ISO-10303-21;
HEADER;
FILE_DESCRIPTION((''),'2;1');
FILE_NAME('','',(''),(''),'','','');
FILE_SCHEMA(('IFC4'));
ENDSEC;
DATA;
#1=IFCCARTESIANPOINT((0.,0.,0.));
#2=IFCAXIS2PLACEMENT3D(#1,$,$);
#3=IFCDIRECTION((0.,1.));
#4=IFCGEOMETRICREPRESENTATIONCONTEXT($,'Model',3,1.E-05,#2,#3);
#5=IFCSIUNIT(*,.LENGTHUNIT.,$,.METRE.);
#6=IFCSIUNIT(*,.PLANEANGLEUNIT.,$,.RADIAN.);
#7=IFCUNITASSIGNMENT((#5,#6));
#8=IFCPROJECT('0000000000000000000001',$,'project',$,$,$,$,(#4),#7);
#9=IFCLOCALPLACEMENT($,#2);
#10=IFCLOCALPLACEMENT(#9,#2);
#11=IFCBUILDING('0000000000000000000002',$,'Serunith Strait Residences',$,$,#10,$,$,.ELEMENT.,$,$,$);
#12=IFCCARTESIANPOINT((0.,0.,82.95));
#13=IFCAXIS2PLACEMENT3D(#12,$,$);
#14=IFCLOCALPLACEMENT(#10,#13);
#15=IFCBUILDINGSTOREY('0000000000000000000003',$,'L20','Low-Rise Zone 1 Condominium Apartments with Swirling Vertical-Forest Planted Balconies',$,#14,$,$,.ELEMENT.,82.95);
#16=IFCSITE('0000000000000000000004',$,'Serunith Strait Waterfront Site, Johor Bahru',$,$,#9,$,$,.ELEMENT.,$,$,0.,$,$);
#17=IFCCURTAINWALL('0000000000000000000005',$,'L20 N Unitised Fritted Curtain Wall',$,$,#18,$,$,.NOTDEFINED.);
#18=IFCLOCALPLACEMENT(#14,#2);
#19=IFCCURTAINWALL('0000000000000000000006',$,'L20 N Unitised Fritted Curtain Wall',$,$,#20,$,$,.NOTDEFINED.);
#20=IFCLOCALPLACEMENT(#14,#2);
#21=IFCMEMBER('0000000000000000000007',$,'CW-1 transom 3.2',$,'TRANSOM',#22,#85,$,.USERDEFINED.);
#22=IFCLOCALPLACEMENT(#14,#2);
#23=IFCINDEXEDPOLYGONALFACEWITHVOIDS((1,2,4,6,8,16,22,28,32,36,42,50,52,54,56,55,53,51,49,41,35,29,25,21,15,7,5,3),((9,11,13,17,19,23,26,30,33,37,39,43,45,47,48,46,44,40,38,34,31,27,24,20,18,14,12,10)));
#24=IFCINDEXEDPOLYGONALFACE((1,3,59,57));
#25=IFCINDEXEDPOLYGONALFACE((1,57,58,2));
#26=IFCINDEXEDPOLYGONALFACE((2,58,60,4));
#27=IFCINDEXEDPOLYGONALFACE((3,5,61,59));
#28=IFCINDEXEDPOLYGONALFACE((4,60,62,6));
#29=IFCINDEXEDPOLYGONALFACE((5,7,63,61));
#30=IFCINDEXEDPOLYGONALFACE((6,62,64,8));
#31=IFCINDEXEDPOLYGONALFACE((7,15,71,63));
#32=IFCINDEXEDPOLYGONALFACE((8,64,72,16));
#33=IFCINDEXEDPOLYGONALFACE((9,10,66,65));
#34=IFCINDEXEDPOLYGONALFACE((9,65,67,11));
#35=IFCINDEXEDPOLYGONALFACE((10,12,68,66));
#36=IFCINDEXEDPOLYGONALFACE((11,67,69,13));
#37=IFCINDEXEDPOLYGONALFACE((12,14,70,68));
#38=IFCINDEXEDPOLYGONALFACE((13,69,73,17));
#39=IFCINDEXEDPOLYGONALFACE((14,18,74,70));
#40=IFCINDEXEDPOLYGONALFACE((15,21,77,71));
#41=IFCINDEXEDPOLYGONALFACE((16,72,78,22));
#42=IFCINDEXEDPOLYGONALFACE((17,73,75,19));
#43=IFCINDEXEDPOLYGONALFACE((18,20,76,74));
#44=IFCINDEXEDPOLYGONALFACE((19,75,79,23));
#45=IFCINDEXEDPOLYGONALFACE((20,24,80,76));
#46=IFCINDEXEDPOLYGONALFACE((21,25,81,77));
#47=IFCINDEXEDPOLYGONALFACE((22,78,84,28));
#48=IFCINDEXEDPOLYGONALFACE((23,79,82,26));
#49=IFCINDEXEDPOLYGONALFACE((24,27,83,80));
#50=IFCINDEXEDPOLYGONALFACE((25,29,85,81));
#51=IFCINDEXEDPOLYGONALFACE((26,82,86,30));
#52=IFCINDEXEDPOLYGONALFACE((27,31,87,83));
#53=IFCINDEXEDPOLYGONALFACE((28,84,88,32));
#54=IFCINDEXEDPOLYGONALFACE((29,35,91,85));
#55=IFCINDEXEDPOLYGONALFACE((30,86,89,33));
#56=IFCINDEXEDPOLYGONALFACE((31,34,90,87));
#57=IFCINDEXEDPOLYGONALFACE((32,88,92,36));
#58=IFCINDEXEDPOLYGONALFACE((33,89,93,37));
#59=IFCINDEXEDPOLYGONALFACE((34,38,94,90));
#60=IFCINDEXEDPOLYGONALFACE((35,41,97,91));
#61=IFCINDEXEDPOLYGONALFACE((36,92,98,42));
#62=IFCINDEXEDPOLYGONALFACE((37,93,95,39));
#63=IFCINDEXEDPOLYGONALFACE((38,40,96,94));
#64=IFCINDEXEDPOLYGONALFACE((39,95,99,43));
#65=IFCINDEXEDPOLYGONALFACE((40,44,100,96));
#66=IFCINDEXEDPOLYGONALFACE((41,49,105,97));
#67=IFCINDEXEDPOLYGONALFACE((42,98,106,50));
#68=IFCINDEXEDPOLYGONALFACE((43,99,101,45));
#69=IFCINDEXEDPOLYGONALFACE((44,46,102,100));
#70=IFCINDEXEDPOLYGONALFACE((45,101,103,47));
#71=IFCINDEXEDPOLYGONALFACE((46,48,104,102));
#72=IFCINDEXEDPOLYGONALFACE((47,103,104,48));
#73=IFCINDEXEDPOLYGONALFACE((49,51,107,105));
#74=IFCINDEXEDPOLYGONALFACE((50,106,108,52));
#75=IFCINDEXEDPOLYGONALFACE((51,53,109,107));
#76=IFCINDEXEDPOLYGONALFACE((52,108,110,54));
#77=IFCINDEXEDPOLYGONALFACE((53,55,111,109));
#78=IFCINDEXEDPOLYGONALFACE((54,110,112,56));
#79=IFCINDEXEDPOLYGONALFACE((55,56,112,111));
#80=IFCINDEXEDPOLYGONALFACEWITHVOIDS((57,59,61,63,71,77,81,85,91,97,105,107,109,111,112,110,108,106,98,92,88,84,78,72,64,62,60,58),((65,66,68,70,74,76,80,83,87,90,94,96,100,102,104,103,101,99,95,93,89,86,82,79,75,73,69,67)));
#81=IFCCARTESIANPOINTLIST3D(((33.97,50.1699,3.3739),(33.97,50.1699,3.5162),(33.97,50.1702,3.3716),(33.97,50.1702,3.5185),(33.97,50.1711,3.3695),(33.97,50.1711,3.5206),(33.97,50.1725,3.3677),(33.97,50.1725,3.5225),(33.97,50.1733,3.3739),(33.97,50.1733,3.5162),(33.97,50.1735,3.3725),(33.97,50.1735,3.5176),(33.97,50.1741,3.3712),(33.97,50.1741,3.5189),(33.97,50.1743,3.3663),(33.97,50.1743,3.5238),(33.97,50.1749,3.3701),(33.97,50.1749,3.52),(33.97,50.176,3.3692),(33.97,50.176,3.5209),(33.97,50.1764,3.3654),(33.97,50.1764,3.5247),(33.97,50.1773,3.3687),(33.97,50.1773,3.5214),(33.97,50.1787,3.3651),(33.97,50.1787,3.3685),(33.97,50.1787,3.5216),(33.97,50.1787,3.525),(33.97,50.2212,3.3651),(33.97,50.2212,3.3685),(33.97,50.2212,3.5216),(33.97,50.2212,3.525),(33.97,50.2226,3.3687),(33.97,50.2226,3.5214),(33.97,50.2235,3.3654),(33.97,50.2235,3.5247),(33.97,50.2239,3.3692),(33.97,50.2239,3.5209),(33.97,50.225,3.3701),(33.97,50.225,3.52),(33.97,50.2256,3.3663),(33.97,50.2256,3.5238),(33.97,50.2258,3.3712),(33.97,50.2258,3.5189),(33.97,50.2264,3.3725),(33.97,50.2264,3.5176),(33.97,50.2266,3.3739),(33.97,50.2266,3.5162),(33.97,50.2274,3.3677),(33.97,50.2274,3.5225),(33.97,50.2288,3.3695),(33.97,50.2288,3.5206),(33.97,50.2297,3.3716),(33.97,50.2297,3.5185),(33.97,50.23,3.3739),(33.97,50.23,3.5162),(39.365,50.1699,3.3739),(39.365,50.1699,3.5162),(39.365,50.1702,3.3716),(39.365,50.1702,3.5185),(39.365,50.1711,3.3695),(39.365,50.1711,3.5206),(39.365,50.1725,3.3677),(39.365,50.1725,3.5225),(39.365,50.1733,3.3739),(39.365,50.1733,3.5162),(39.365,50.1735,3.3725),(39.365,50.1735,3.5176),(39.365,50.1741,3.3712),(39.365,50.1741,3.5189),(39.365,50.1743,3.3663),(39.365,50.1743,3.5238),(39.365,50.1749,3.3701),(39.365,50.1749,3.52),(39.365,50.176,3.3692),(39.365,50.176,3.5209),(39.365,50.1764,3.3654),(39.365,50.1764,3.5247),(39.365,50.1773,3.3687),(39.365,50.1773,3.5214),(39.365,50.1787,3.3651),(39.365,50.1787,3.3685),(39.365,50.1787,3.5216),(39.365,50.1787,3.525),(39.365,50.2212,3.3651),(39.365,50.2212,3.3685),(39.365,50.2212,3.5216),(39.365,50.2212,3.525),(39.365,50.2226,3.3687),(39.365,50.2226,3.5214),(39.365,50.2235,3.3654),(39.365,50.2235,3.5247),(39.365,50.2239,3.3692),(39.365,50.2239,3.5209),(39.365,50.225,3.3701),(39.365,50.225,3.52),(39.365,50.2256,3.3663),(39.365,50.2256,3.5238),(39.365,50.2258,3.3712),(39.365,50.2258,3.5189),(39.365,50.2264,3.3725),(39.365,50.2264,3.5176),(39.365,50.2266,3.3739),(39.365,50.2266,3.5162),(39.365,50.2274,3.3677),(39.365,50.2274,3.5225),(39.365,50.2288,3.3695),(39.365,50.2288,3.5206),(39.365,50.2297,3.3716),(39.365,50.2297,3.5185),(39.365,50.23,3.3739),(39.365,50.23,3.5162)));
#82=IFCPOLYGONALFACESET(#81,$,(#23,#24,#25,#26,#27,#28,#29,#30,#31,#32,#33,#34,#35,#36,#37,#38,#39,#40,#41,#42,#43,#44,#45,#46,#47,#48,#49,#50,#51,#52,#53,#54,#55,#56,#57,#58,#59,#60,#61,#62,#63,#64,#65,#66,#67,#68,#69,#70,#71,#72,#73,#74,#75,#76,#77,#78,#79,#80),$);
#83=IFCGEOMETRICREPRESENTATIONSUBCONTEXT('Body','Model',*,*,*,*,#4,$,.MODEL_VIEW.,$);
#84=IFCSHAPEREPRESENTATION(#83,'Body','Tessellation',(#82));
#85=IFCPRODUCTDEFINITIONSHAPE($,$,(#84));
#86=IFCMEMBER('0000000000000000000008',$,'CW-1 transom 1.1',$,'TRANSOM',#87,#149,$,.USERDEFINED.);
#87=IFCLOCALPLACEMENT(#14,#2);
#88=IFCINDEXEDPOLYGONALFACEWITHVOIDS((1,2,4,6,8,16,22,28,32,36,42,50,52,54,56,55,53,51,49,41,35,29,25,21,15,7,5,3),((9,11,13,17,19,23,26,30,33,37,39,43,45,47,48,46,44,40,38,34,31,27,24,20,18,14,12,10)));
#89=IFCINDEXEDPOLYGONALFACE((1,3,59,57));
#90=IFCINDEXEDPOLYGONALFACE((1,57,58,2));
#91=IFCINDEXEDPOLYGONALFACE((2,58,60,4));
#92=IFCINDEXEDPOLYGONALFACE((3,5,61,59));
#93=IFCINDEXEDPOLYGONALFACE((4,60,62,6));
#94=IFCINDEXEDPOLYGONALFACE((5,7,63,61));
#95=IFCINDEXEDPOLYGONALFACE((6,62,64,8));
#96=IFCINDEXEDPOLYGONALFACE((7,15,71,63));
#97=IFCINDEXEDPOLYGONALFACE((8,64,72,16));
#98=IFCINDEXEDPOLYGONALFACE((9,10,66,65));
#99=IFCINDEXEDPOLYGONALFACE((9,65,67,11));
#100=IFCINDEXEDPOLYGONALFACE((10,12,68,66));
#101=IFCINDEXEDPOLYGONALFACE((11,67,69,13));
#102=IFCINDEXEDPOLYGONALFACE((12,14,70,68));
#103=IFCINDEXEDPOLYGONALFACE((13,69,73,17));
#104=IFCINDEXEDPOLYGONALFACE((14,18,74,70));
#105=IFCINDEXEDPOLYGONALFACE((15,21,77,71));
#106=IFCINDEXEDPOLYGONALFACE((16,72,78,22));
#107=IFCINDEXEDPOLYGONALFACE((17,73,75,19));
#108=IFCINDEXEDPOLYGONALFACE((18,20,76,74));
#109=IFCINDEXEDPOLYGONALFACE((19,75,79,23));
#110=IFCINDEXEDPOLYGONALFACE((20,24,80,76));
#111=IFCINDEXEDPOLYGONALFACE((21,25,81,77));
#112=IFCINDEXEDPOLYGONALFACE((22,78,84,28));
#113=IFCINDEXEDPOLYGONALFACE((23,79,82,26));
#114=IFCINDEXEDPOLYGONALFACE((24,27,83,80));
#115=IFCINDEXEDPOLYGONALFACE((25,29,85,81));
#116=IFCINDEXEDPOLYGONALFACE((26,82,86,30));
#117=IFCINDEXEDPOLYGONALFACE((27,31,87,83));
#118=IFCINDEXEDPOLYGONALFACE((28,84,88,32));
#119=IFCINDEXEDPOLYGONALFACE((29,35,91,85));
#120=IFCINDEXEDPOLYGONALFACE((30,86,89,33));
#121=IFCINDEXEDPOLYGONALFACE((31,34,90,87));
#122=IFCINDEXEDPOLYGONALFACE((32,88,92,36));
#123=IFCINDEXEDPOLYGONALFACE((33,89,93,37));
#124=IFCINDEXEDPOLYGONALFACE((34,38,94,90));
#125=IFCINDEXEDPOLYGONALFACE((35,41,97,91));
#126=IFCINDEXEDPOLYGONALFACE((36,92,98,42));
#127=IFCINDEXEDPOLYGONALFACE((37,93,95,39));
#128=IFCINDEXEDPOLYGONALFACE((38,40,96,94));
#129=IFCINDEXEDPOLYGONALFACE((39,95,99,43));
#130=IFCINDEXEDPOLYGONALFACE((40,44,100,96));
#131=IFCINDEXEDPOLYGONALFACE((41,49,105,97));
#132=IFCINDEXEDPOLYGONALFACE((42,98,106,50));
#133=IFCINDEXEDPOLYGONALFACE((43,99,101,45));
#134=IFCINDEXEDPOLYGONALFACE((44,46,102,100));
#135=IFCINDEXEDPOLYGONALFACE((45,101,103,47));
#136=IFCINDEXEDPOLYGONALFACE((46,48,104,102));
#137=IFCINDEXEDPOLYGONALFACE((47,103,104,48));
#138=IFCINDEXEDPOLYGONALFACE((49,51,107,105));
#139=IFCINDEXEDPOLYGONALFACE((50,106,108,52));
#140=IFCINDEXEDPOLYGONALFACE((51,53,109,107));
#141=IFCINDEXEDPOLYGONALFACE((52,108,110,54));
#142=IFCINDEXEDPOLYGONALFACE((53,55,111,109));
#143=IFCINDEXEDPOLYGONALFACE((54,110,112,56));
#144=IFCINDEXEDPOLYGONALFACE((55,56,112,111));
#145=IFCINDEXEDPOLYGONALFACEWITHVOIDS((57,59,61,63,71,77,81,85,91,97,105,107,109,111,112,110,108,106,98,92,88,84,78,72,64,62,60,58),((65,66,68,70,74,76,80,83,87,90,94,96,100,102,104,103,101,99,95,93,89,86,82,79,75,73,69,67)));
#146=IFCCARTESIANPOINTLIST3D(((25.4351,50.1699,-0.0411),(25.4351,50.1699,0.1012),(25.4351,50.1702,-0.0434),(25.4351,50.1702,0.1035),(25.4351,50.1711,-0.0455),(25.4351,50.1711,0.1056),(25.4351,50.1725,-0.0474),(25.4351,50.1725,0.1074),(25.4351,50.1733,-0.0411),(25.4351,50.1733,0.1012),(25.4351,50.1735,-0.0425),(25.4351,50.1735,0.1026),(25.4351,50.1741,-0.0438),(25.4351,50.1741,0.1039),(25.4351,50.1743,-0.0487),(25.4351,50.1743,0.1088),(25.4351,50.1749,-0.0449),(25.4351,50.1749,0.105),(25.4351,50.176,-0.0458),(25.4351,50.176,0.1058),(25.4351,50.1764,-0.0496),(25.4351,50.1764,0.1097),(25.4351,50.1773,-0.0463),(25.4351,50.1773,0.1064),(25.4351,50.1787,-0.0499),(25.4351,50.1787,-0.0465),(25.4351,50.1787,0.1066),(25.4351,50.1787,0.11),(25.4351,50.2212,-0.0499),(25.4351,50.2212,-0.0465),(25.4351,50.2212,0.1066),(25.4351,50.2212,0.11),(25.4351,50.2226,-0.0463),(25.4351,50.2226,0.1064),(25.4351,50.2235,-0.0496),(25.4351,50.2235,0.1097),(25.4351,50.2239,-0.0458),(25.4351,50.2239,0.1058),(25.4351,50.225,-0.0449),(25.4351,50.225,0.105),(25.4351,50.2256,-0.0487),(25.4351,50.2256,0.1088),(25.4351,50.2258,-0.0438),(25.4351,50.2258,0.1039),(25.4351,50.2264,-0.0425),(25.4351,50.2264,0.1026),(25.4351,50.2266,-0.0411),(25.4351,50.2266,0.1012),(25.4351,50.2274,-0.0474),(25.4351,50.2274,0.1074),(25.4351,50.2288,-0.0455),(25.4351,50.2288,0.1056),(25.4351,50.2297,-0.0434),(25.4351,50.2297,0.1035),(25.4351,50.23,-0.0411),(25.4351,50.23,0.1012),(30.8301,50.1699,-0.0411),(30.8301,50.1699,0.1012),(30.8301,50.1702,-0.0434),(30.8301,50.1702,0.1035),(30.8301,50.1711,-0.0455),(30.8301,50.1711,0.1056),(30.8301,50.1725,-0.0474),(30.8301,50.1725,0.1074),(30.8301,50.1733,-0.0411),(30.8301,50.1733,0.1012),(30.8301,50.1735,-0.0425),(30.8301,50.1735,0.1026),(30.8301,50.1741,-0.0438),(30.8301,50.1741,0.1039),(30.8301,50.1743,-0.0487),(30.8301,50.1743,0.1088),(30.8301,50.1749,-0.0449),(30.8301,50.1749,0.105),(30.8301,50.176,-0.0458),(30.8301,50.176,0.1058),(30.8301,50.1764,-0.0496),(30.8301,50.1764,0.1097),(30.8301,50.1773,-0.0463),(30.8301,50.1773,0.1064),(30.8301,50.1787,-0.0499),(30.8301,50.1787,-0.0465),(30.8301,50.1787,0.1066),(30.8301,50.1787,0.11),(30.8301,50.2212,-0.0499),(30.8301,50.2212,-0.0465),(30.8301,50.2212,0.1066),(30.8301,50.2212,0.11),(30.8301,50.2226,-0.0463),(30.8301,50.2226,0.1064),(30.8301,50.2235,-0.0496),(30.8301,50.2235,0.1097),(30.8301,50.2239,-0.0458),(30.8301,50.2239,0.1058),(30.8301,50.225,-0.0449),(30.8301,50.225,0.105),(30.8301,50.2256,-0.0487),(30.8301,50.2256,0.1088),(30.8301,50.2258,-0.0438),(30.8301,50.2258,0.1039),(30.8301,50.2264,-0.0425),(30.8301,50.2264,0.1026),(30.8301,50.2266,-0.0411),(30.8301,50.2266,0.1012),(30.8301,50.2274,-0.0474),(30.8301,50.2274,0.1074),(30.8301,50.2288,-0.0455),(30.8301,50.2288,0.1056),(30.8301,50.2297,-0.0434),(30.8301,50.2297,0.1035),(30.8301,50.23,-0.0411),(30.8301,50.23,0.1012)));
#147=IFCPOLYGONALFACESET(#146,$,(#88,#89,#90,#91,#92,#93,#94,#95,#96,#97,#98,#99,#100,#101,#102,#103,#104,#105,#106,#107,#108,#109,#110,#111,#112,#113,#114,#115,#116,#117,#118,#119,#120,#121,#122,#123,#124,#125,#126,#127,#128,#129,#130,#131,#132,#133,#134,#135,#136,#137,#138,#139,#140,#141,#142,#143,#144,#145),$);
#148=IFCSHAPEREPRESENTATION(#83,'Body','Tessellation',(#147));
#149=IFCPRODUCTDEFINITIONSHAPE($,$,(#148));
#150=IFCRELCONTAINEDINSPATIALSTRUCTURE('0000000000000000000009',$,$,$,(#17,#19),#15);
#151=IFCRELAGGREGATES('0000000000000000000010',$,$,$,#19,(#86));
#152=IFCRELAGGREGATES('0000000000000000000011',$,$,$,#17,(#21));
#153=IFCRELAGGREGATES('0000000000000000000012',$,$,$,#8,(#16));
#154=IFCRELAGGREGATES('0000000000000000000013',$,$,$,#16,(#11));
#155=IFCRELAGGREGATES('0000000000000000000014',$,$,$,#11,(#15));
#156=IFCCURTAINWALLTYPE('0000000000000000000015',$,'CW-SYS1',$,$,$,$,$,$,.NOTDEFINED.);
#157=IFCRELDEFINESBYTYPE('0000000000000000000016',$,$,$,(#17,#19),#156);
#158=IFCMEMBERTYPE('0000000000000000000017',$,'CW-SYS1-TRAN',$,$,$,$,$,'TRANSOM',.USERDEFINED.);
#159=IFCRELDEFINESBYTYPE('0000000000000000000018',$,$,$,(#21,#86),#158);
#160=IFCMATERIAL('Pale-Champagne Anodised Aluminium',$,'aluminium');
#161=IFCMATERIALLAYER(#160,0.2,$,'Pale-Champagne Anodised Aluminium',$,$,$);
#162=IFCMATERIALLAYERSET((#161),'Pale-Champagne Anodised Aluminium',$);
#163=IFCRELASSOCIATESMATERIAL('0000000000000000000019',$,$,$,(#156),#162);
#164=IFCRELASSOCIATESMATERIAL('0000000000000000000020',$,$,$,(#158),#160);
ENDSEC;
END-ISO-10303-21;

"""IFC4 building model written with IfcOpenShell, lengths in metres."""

from ifc_helpers import new_model, si_unit, direction, frame, origin, origin_2d, place, context, subcontext, project, spatial, hollow_rectangle, extrude, source, transform, mapped, material, layer, layer_set, material_profile, profile_set, type_object, element, aggregate, save


model = new_model("IFC4")

# Units and contexts
model_context = context("Model", 3, precision=1e-05, world=origin(), true_north=direction((0.0, 1.0)))
body_context = subcontext(model_context, "Body", "Model", "MODEL_VIEW")
ifc_project = project(units=[si_unit("LENGTHUNIT", "METRE"), si_unit("PLANEANGLEUNIT", "RADIAN")], contexts=[model_context])

# Site, building, storey
site_placement = place(None, origin())
site = spatial("IfcSite", under=ifc_project, at=site_placement, Name="Serunith Strait Waterfront Site, Johor Bahru", CompositionType="ELEMENT", RefElevation=0.0)
building_placement = place(site_placement, origin())
building = spatial("IfcBuilding", under=site, at=building_placement, Name="Serunith Strait Residences", CompositionType="ELEMENT")
storey_placement = place(building_placement, frame((0.0, 0.0, 82.95)))
storey = spatial("IfcBuildingStorey", under=building, at=storey_placement, Name="L20", Description="Low-Rise Zone 1 Condominium Apartments with Swirling Vertical-Forest Planted Balconies", CompositionType="ELEMENT", Elevation=82.95)

# Curtain wall
ifc_material_1 = material(Name="Pale-Champagne Anodised Aluminium", Category="aluminium")
ifc_layer_1 = layer(ifc_material_1, 0.2, Name="Pale-Champagne Anodised Aluminium")
ifc_layer_set_1 = layer_set([ifc_layer_1], Name="Pale-Champagne Anodised Aluminium")
curtain_wall_type = type_object("IfcCurtainWallType", Name="CW-SYS1", PredefinedType="NOTDEFINED", material=ifc_layer_set_1)
curtain_wall_1_placement = place(storey_placement, origin())
curtain_wall_1 = element("IfcCurtainWall", 1, at=curtain_wall_1_placement, inside=storey, type_object=curtain_wall_type, Name="L20 N Unitised Fritted Curtain Wall", PredefinedType="NOTDEFINED")

# Curtain wall
curtain_wall_2_placement = place(storey_placement, origin())
curtain_wall_2 = element("IfcCurtainWall", 2, at=curtain_wall_2_placement, inside=storey, type_object=curtain_wall_type, Name="L20 N Unitised Fritted Curtain Wall", PredefinedType="NOTDEFINED")

# Members
ifc_material_profile_1 = material_profile(ifc_material_1, hollow_rectangle(XDim=0.0601, YDim=0.1599, WallThickness=0.0034, InnerFilletRadius=0.0054, OuterFilletRadius=0.0088, at=origin_2d()), Name="ALU 160x60x3.5")
ifc_profile_set_1 = profile_set([ifc_material_profile_1], Name="Pale-Champagne Anodised Aluminium")
member_type_1 = type_object("IfcMemberType", Name="CW-SYS1-TRAN", ElementType="TRANSOM", PredefinedType="USERDEFINED", material=ifc_profile_set_1)
shared_shape_1 = source(origin(), body_context, "Body", "SweptSolid", [
    extrude(hollow_rectangle(XDim=0.0601, YDim=0.1599, WallThickness=0.0034, InnerFilletRadius=0.0054, OuterFilletRadius=0.0088, at=origin_2d()), origin(), (0.0, 0.0, 1.0), 5.395),
])
member_1_placement = place(storey_placement, frame((39.365, 50.2, 3.4451), z_axis=(-1.0, 0.0, 0.0), x_axis=(0.0, -1.0, 0.0)))
member_1 = element("IfcMember", 3, at=member_1_placement, type_object=member_type_1, Name="CW-1 transom 3.2", ObjectType="TRANSOM", PredefinedType="USERDEFINED", context=body_context, shape_type="MappedRepresentation", body=[
    mapped(shared_shape_1, transform((0.0, 0.0, 0.0), scale=1.0)),
])
member_2_placement = place(storey_placement, frame((30.8301, 50.2, 0.03), z_axis=(-1.0, 0.0, 0.0), x_axis=(0.0, -1.0, 0.0)))
member_2 = element("IfcMember", 4, at=member_2_placement, type_object=member_type_1, Name="CW-1 transom 1.1", ObjectType="TRANSOM", PredefinedType="USERDEFINED", context=body_context, shape_type="MappedRepresentation", body=[
    mapped(shared_shape_1, transform((0.0, 0.0, 0.0), scale=1.0)),
])
aggregate(curtain_wall_2, [member_2])

aggregate(curtain_wall_1, [member_1])

save(model, "model.ifc")
